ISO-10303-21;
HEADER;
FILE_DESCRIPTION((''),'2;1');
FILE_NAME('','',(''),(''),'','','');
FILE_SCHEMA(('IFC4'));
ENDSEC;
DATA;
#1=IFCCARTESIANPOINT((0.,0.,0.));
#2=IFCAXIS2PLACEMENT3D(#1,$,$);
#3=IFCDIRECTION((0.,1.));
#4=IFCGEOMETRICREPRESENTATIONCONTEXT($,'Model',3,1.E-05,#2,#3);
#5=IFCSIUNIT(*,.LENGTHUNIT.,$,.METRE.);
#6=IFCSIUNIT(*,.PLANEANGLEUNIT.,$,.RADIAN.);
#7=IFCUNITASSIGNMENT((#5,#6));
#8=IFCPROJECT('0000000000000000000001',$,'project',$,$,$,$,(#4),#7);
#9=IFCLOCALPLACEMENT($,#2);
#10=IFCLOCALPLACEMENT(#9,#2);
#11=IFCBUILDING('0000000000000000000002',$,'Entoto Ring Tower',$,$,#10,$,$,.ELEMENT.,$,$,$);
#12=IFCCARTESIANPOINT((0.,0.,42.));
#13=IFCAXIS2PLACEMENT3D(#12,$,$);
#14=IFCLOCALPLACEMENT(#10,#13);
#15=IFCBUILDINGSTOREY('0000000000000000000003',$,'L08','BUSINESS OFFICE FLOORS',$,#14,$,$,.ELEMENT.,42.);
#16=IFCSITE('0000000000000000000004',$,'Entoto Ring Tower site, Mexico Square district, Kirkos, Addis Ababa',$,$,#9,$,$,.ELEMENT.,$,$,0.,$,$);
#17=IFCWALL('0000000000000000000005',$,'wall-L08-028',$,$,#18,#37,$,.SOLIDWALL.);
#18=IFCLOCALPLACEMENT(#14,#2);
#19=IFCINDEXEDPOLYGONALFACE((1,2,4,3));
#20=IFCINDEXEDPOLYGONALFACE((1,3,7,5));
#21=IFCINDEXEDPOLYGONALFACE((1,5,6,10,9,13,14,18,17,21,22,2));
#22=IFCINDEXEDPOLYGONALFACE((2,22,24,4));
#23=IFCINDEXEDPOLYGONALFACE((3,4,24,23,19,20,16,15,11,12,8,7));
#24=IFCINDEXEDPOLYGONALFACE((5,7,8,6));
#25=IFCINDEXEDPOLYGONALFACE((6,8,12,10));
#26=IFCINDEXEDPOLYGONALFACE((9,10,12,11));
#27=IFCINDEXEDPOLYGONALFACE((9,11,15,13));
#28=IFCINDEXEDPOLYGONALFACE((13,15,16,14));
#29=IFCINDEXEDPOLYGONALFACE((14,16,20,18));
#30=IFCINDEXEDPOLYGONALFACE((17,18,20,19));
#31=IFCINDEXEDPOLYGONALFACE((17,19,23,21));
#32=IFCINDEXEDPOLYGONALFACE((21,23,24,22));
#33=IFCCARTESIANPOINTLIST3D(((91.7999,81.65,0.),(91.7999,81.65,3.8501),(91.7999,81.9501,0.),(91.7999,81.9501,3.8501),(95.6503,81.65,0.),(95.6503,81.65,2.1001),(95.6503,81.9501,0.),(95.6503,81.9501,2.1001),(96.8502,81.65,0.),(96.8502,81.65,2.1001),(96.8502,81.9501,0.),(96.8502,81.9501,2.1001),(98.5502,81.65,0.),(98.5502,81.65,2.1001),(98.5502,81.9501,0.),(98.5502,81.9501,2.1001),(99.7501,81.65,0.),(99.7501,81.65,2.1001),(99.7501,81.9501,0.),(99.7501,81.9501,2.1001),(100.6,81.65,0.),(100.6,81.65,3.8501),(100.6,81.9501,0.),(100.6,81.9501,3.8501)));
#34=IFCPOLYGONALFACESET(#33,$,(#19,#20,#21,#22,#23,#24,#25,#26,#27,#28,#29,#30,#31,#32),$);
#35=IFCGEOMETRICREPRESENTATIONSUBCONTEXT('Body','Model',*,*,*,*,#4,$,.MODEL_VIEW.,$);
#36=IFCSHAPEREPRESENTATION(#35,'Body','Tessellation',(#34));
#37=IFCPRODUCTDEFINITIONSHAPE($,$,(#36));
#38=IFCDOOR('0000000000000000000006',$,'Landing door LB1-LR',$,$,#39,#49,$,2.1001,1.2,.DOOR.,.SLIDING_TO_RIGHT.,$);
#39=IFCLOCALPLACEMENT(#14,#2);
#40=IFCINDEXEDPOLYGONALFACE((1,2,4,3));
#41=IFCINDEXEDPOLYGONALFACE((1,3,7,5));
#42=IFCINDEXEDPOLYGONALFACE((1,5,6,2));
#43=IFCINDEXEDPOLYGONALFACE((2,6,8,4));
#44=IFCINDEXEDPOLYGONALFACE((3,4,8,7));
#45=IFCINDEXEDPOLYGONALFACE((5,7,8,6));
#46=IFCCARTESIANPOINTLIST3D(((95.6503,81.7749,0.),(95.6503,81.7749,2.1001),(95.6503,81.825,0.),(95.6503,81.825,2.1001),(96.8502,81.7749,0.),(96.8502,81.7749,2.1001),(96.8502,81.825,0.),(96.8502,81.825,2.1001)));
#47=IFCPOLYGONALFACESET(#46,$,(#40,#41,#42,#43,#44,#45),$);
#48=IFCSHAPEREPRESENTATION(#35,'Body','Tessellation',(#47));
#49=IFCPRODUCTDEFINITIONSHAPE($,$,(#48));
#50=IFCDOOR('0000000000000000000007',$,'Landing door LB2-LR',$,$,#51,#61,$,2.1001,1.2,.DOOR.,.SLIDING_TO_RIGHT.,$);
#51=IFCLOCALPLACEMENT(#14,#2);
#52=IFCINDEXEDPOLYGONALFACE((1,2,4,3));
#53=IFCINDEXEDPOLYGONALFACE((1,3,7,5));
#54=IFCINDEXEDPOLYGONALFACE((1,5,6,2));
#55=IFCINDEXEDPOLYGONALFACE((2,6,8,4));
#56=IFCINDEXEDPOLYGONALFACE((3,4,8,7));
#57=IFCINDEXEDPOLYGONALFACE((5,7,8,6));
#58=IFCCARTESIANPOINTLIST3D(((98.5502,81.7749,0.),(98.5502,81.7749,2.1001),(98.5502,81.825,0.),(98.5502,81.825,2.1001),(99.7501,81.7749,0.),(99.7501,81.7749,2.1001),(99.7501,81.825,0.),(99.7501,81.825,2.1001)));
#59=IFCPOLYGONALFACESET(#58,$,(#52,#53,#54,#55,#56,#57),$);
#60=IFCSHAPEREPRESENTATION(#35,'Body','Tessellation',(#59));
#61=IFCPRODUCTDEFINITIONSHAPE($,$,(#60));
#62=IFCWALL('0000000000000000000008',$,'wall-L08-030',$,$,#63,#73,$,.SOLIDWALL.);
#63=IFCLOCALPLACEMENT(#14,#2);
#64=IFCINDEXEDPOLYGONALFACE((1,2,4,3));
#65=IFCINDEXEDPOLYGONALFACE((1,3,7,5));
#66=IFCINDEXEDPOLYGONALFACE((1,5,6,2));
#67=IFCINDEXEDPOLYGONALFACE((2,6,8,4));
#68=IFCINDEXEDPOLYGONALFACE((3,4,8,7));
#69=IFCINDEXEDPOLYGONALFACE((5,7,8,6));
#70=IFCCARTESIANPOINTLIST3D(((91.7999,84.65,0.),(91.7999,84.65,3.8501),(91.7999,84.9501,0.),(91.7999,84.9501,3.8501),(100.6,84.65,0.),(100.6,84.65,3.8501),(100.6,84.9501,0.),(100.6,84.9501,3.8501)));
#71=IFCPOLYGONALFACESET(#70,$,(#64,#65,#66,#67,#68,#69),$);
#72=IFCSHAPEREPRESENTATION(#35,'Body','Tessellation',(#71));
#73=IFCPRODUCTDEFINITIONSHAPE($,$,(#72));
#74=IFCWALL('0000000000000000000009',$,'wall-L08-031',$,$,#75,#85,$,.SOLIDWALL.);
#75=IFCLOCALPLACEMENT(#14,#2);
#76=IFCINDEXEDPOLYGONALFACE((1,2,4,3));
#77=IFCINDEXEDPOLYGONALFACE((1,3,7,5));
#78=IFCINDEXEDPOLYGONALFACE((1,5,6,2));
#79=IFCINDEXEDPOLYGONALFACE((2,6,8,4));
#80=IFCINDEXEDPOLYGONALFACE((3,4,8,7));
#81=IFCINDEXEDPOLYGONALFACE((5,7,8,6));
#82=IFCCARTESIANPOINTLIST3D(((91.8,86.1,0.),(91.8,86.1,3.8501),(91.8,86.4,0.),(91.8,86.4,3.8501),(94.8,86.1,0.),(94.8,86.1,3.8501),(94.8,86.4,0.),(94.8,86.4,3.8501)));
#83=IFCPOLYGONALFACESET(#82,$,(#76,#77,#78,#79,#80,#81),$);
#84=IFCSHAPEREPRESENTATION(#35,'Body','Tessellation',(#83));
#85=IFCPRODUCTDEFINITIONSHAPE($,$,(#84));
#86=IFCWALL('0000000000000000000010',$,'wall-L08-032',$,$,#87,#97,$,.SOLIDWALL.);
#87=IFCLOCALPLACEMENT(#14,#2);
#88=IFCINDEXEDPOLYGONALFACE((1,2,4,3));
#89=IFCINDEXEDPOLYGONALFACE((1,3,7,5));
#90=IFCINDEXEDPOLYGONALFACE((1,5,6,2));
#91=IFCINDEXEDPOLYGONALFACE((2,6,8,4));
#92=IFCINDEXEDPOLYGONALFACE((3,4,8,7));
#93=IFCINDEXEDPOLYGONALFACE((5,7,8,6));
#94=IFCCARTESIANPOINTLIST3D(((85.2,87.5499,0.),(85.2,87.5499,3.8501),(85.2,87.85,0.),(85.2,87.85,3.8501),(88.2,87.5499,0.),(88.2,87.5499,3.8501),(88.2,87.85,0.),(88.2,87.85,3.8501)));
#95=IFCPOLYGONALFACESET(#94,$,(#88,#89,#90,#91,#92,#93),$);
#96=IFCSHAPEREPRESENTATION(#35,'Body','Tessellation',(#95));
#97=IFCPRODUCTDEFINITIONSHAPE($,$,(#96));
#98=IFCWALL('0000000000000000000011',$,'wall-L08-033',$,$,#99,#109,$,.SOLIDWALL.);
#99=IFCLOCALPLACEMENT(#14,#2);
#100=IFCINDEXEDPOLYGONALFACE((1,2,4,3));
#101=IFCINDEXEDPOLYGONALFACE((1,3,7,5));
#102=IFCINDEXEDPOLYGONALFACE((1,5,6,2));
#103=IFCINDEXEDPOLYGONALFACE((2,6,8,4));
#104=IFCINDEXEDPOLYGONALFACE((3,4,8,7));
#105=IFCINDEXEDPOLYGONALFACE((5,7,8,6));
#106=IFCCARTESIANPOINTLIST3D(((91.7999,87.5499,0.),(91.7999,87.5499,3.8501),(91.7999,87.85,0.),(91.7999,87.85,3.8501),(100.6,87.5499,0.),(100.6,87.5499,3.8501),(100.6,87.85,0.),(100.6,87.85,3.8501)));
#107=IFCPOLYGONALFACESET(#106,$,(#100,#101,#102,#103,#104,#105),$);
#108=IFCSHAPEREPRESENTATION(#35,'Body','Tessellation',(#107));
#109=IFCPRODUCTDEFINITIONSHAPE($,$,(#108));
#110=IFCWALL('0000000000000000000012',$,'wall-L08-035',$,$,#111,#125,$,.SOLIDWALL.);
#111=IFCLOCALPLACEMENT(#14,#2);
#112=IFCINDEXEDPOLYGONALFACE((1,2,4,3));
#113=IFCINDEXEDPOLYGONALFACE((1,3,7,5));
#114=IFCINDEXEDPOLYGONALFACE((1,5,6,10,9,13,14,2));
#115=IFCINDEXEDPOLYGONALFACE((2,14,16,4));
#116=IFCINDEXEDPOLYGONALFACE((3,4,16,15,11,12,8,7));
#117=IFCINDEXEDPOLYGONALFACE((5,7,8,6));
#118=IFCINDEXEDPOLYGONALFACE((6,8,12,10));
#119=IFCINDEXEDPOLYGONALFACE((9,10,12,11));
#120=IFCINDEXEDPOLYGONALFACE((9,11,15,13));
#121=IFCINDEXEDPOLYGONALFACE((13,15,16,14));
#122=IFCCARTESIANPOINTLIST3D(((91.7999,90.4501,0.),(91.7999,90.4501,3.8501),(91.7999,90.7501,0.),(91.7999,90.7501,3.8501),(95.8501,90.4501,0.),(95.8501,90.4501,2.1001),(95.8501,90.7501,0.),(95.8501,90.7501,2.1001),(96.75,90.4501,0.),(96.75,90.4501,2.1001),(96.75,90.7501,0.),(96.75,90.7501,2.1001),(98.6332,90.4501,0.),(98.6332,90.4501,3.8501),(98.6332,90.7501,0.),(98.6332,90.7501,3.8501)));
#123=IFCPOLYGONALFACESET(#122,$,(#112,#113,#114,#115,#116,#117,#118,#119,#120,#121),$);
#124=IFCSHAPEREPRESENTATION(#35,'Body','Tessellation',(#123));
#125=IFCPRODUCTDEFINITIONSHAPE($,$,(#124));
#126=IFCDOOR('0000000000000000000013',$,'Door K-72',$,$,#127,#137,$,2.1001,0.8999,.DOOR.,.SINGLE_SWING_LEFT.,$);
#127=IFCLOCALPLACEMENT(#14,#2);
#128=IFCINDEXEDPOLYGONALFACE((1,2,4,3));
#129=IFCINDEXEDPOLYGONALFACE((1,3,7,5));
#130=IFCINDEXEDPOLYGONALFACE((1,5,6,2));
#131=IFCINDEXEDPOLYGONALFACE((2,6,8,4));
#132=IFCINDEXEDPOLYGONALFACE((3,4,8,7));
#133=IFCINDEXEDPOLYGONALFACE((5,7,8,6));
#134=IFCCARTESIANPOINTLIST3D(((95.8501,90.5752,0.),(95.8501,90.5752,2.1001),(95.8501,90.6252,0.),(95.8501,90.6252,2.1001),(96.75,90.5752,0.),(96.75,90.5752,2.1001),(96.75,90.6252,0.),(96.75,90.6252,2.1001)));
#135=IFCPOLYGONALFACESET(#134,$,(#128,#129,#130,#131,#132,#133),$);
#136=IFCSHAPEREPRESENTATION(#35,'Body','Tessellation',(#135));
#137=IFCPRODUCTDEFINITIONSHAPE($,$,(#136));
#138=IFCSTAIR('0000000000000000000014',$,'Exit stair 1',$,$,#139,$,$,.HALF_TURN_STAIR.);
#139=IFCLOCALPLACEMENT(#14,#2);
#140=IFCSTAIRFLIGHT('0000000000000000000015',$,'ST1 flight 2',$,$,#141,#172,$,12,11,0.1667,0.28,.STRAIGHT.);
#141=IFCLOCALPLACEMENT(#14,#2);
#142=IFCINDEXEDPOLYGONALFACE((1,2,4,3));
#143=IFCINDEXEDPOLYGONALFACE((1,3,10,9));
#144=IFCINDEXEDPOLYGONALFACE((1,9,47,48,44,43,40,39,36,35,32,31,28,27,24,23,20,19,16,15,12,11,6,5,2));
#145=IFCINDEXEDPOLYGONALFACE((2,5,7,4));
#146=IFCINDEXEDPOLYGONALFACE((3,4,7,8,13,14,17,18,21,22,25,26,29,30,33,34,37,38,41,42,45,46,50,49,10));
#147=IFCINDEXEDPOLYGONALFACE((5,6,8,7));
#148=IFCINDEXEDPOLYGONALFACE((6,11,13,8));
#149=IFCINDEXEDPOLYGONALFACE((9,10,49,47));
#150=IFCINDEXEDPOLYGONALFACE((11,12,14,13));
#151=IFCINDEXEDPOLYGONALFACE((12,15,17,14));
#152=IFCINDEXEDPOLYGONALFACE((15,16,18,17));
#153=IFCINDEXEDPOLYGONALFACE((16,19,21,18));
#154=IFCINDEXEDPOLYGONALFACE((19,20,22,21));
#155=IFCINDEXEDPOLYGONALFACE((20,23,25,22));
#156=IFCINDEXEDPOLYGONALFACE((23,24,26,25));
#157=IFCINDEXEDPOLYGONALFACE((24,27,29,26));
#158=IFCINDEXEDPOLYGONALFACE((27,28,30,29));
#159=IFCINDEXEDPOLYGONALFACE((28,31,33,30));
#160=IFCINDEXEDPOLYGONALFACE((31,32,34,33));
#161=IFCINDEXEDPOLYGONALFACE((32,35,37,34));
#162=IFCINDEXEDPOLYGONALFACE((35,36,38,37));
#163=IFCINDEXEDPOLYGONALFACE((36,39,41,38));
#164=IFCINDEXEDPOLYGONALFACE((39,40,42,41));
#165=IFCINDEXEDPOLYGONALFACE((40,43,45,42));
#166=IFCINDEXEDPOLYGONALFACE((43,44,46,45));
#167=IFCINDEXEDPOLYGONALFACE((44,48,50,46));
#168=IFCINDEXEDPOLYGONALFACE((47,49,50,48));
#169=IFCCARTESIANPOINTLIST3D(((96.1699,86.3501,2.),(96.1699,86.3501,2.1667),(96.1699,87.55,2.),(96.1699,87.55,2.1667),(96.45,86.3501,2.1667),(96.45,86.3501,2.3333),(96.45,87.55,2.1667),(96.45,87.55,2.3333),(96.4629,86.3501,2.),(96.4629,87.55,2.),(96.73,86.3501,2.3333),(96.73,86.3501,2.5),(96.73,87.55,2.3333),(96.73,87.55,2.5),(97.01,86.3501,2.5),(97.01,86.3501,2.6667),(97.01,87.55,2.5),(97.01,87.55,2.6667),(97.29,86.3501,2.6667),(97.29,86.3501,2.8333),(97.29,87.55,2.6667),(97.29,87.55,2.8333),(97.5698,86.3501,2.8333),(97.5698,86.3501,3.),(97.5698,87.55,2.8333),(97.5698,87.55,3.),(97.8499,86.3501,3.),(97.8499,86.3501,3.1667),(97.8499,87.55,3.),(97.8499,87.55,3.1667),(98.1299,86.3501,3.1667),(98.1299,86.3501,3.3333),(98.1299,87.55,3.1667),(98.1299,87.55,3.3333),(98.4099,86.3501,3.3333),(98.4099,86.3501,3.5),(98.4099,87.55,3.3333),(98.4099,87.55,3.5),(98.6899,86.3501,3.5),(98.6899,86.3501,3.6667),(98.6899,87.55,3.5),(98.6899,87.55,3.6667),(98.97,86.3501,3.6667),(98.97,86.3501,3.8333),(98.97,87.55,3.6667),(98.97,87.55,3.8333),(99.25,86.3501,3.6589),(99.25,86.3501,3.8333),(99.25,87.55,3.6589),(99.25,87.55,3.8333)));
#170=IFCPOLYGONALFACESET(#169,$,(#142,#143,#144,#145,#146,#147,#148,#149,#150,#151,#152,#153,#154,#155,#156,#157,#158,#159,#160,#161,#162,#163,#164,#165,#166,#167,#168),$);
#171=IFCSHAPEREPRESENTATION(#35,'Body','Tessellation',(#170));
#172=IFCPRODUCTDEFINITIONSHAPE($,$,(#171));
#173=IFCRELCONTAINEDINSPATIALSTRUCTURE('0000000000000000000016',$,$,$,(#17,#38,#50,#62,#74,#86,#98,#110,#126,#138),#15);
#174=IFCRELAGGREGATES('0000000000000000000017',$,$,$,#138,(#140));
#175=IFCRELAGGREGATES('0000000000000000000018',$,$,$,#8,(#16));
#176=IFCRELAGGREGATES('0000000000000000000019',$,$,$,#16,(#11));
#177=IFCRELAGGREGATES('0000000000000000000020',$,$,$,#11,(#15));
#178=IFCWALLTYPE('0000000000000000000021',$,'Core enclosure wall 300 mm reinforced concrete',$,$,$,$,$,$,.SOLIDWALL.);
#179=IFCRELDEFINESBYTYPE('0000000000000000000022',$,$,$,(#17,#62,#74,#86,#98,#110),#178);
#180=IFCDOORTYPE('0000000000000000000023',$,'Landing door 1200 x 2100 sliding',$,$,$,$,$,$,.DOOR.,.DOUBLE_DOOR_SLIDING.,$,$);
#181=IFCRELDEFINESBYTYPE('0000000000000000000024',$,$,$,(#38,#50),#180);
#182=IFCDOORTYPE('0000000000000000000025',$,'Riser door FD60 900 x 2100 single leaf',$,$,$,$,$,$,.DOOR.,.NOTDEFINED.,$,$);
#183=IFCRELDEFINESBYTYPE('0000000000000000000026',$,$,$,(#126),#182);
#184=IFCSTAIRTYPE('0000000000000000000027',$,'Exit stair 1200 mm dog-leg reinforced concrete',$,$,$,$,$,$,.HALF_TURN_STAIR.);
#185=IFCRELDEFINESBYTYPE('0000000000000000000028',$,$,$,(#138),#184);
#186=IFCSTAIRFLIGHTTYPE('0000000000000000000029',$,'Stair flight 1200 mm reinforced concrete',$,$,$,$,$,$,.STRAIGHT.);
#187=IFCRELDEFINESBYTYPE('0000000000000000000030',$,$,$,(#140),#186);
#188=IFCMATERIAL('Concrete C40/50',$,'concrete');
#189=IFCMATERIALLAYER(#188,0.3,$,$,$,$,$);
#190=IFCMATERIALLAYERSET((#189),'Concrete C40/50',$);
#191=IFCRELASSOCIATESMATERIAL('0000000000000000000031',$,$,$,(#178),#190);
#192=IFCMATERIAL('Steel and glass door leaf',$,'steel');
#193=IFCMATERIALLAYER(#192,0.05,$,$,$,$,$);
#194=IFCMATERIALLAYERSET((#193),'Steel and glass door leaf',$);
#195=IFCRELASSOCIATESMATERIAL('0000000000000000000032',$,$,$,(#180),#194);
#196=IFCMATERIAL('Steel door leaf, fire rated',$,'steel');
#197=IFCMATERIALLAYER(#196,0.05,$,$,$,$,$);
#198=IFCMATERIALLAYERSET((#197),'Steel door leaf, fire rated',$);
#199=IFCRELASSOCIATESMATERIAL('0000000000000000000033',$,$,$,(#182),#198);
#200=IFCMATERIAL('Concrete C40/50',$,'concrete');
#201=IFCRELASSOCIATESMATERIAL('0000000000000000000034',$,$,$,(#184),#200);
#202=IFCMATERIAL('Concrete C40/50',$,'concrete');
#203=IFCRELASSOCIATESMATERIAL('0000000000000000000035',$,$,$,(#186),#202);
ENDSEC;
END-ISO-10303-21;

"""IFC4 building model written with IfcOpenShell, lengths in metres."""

from ifc_helpers import new_model, si_unit, direction, frame, frame_2d, origin, place, context, subcontext, project, spatial, polyline, rectangle, outline, extrude, material, layer, layer_set, type_object, element, fill, aggregate, save


model = new_model("IFC4")

# Units and contexts
model_context = context("Model", 3, precision=1e-05, world=origin(), true_north=direction((0.0, 1.0)))
body_context = subcontext(model_context, "Body", "Model", "MODEL_VIEW")
ifc_project = project(units=[si_unit("LENGTHUNIT", "METRE"), si_unit("PLANEANGLEUNIT", "RADIAN")], contexts=[model_context])

# Site, building, storey
site_placement = place(None, origin())
site = spatial("IfcSite", under=ifc_project, at=site_placement, Name="Entoto Ring Tower site, Mexico Square district, Kirkos, Addis Ababa", CompositionType="ELEMENT", RefElevation=0.0)
building_placement = place(site_placement, origin())
building = spatial("IfcBuilding", under=site, at=building_placement, Name="Entoto Ring Tower", CompositionType="ELEMENT")
storey_placement = place(building_placement, frame((0.0, 0.0, 42.0)))
storey = spatial("IfcBuildingStorey", under=building, at=storey_placement, Name="L08", Description="BUSINESS OFFICE FLOORS", CompositionType="ELEMENT", Elevation=42.0)

# Shared definitions
ifc_material_1 = material(Name="Concrete C40/50", Category="concrete")
ifc_layer_1 = layer(ifc_material_1, 0.3)
ifc_layer_set_1 = layer_set([ifc_layer_1], Name="Concrete C40/50")
wall_type = type_object("IfcWallType", Name="Core enclosure wall 300 mm reinforced concrete", PredefinedType="SOLIDWALL", material=ifc_layer_set_1)

# Wall, openings, doors
ifc_material_2 = material(Name="Steel and glass door leaf", Category="steel")
ifc_layer_2 = layer(ifc_material_2, 0.05)
ifc_layer_set_2 = layer_set([ifc_layer_2], Name="Steel and glass door leaf")
door_type_1 = type_object("IfcDoorType", Name="Landing door 1200 x 2100 sliding", OperationType="DOUBLE_DOOR_SLIDING", PredefinedType="DOOR", material=ifc_layer_set_2)
wall_1_placement = place(storey_placement, frame((91.8, 81.8, 0.0), z_axis=(0.0, 0.0, 1.0), x_axis=(1.0, 0.0, 0.0)))
wall_1 = element("IfcWall", 1, at=wall_1_placement, inside=storey, type_object=wall_type, Name="wall-L08-028", PredefinedType="SOLIDWALL", context=body_context, shape_type="SweptSolid", body=[
    extrude(rectangle(XDim=8.8, YDim=0.3, at=frame_2d((4.3999, 0.0))), origin(), (0.0, 0.0, 1.0), 3.8501),
])
opening_1_placement = place(wall_1_placement, frame((3.8501, 0.0, 0.0)))
opening_1 = element("IfcOpeningElement", 2, at=opening_1_placement, cuts=wall_1, PredefinedType="OPENING", context=body_context, shape_type="SweptSolid", body=[
    extrude(rectangle(XDim=1.2, YDim=2.1001, at=frame_2d((0.6001, 1.05))), frame((0.0, 0.1602, 0.0), z_axis=(0.0, -1.0, 0.0), x_axis=(1.0, 0.0, 0.0)), (0.0, 0.0, 1.0), 0.3201),
])
opening_2_placement = place(wall_1_placement, frame((6.75, 0.0, 0.0)))
opening_2 = element("IfcOpeningElement", 3, at=opening_2_placement, cuts=wall_1, PredefinedType="OPENING", context=body_context, shape_type="SweptSolid", body=[
    extrude(rectangle(XDim=1.2, YDim=2.1001, at=frame_2d((0.6001, 1.05))), frame((0.0, 0.1602, 0.0), z_axis=(0.0, -1.0, 0.0), x_axis=(1.0, 0.0, 0.0)), (0.0, 0.0, 1.0), 0.3201),
])
door_1_placement = place(opening_1_placement, origin())
door_1 = element("IfcDoor", 4, at=door_1_placement, inside=storey, type_object=door_type_1, Name="Landing door LB1-LR", OperationType="SLIDING_TO_RIGHT", OverallHeight=2.1001, OverallWidth=1.2, PredefinedType="DOOR", context=body_context, shape_type="SweptSolid", body=[
    extrude(rectangle(XDim=1.2, YDim=2.1001, at=frame_2d((0.6001, 1.05))), frame((0.0, 0.0249, 0.0), z_axis=(0.0, -1.0, 0.0), x_axis=(1.0, 0.0, 0.0)), (0.0, 0.0, 1.0), 0.05),
])
fill(opening_1, door_1)
door_2_placement = place(opening_2_placement, origin())
door_2 = element("IfcDoor", 5, at=door_2_placement, inside=storey, type_object=door_type_1, Name="Landing door LB2-LR", OperationType="SLIDING_TO_RIGHT", OverallHeight=2.1001, OverallWidth=1.2, PredefinedType="DOOR", context=body_context, shape_type="SweptSolid", body=[
    extrude(rectangle(XDim=1.2, YDim=2.1001, at=frame_2d((0.6001, 1.05))), frame((0.0, 0.0249, 0.0), z_axis=(0.0, -1.0, 0.0), x_axis=(1.0, 0.0, 0.0)), (0.0, 0.0, 1.0), 0.05),
])
fill(opening_2, door_2)

# Walls
wall_2_placement = place(storey_placement, frame((91.8, 84.8, 0.0), z_axis=(0.0, 0.0, 1.0), x_axis=(1.0, 0.0, 0.0)))
element("IfcWall", 6, at=wall_2_placement, inside=storey, type_object=wall_type, Name="wall-L08-030", PredefinedType="SOLIDWALL", context=body_context, shape_type="SweptSolid", body=[
    extrude(rectangle(XDim=8.8, YDim=0.3, at=frame_2d((4.3999, 0.0))), origin(), (0.0, 0.0, 1.0), 3.8501),
])
for number, where, z_axis, x_axis, name in (
    (7, (91.8, 86.25, 0.0), (0.0, 0.0, 1.0), (1.0, 0.0, 0.0), "wall-L08-031"),
    (8, (85.2, 87.7, 0.0), (0.0, 0.0, 1.0), (1.0, 0.0, 0.0), "wall-L08-032"),
):
    element("IfcWall", number, at=place(storey_placement, frame(where, z_axis=z_axis, x_axis=x_axis)), inside=storey, type_object=wall_type, Name=name, PredefinedType="SOLIDWALL", context=body_context, shape_type="SweptSolid", body=[
        extrude(rectangle(XDim=3.0, YDim=0.3, at=frame_2d((1.5, 0.0))), origin(), (0.0, 0.0, 1.0), 3.8501),
    ])
wall_3_placement = place(storey_placement, frame((91.8, 87.7, 0.0), z_axis=(0.0, 0.0, 1.0), x_axis=(1.0, 0.0, 0.0)))
element("IfcWall", 9, at=wall_3_placement, inside=storey, type_object=wall_type, Name="wall-L08-033", PredefinedType="SOLIDWALL", context=body_context, shape_type="SweptSolid", body=[
    extrude(rectangle(XDim=8.8, YDim=0.3, at=frame_2d((4.3999, 0.0))), origin(), (0.0, 0.0, 1.0), 3.8501),
])

# Wall, opening, door
wall_4_placement = place(storey_placement, frame((91.8, 90.6001, 0.0), z_axis=(0.0, 0.0, 1.0), x_axis=(1.0, 0.0, 0.0)))
wall_4 = element("IfcWall", 10, at=wall_4_placement, inside=storey, type_object=wall_type, Name="wall-L08-035", PredefinedType="SOLIDWALL", context=body_context, shape_type="SweptSolid", body=[
    extrude(rectangle(XDim=6.8333, YDim=0.3, at=frame_2d((3.4165, 0.0))), origin(), (0.0, 0.0, 1.0), 3.8501),
])
opening_3_placement = place(wall_4_placement, frame((4.05, 0.0, 0.0)))
opening_3 = element("IfcOpeningElement", 11, at=opening_3_placement, cuts=wall_4, PredefinedType="OPENING", context=body_context, shape_type="SweptSolid", body=[
    extrude(rectangle(XDim=0.8999, YDim=2.1001, at=frame_2d((0.45, 1.05))), frame((0.0, 0.1602, 0.0), z_axis=(0.0, -1.0, 0.0), x_axis=(1.0, 0.0, 0.0)), (0.0, 0.0, 1.0), 0.3201),
])
ifc_material_3 = material(Name="Steel door leaf, fire rated", Category="steel")
ifc_layer_3 = layer(ifc_material_3, 0.05)
ifc_layer_set_3 = layer_set([ifc_layer_3], Name="Steel door leaf, fire rated")
door_type_2 = type_object("IfcDoorType", Name="Riser door FD60 900 x 2100 single leaf", OperationType="NOTDEFINED", PredefinedType="DOOR", material=ifc_layer_set_3)
door_3_placement = place(opening_3_placement, frame((0.8999, 0.0, 0.0), z_axis=(0.0, 0.0, 1.0), x_axis=(-1.0, 0.0, 0.0)))
door_3 = element("IfcDoor", 12, at=door_3_placement, inside=storey, type_object=door_type_2, Name="Door K-72", OperationType="SINGLE_SWING_LEFT", OverallHeight=2.1001, OverallWidth=0.8999, PredefinedType="DOOR", context=body_context, shape_type="SweptSolid", body=[
    extrude(rectangle(XDim=0.8999, YDim=2.1001, at=frame_2d((0.45, 1.05))), frame((0.0, 0.0249, 0.0), z_axis=(0.0, -1.0, 0.0), x_axis=(1.0, 0.0, 0.0)), (0.0, 0.0, 1.0), 0.05),
])
fill(opening_3, door_3)

# Stair, stair flight
ifc_material_4 = material(Name="Concrete C40/50", Category="concrete")
stair_type = type_object("IfcStairType", Name="Exit stair 1200 mm dog-leg reinforced concrete", PredefinedType="HALF_TURN_STAIR", material=ifc_material_4)
stair_placement = place(storey_placement, origin())
stair = element("IfcStair", 13, at=stair_placement, inside=storey, type_object=stair_type, Name="Exit stair 1", PredefinedType="HALF_TURN_STAIR")
ifc_material_5 = material(Name="Concrete C40/50", Category="concrete")
stair_flight_type = type_object("IfcStairFlightType", Name="Stair flight 1200 mm reinforced concrete", PredefinedType="STRAIGHT", material=ifc_material_5)
stair_flight_placement = place(storey_placement, frame((96.1699, 86.95, 2.0), z_axis=(0.0, 0.0, 1.0), x_axis=(1.0, 0.0, 0.0)))
stair_flight = element("IfcStairFlight", 14, at=stair_flight_placement, type_object=stair_flight_type, Name="ST1 flight 2", NumberOfRisers=12, NumberOfTreads=11, PredefinedType="STRAIGHT", RiserHeight=0.1667, TreadLength=0.28, context=body_context, shape_type="SweptSolid", body=[
    extrude(outline(polyline([(0.0, 0.0), (0.0, 0.1667), (0.28, 0.1667), (0.28, 0.3333), (0.5601, 0.3333), (0.5601, 0.5), (0.8401, 0.5), (0.8401, 0.6667), (1.1201, 0.6667), (1.1201, 0.8333), (1.3999, 0.8333), (1.3999, 1.0), (1.6799, 1.0), (1.6799, 1.1667), (1.96, 1.1667), (1.96, 1.3333), (2.24, 1.3333), (2.24, 1.5), (2.52, 1.5), (2.52, 1.6667), (2.8, 1.6667), (2.8, 1.8333), (3.0801, 1.8333), (3.0801, 2.0), (3.0801, 1.6589), (0.293, 0.0), (0.0, 0.0)])), frame((0.0, 0.6001, 0.0), z_axis=(0.0, -1.0, 0.0), x_axis=(1.0, 0.0, 0.0)), (0.0, 0.0, 1.0), 1.2),
])
aggregate(stair, [stair_flight])

save(model, "model.ifc")
